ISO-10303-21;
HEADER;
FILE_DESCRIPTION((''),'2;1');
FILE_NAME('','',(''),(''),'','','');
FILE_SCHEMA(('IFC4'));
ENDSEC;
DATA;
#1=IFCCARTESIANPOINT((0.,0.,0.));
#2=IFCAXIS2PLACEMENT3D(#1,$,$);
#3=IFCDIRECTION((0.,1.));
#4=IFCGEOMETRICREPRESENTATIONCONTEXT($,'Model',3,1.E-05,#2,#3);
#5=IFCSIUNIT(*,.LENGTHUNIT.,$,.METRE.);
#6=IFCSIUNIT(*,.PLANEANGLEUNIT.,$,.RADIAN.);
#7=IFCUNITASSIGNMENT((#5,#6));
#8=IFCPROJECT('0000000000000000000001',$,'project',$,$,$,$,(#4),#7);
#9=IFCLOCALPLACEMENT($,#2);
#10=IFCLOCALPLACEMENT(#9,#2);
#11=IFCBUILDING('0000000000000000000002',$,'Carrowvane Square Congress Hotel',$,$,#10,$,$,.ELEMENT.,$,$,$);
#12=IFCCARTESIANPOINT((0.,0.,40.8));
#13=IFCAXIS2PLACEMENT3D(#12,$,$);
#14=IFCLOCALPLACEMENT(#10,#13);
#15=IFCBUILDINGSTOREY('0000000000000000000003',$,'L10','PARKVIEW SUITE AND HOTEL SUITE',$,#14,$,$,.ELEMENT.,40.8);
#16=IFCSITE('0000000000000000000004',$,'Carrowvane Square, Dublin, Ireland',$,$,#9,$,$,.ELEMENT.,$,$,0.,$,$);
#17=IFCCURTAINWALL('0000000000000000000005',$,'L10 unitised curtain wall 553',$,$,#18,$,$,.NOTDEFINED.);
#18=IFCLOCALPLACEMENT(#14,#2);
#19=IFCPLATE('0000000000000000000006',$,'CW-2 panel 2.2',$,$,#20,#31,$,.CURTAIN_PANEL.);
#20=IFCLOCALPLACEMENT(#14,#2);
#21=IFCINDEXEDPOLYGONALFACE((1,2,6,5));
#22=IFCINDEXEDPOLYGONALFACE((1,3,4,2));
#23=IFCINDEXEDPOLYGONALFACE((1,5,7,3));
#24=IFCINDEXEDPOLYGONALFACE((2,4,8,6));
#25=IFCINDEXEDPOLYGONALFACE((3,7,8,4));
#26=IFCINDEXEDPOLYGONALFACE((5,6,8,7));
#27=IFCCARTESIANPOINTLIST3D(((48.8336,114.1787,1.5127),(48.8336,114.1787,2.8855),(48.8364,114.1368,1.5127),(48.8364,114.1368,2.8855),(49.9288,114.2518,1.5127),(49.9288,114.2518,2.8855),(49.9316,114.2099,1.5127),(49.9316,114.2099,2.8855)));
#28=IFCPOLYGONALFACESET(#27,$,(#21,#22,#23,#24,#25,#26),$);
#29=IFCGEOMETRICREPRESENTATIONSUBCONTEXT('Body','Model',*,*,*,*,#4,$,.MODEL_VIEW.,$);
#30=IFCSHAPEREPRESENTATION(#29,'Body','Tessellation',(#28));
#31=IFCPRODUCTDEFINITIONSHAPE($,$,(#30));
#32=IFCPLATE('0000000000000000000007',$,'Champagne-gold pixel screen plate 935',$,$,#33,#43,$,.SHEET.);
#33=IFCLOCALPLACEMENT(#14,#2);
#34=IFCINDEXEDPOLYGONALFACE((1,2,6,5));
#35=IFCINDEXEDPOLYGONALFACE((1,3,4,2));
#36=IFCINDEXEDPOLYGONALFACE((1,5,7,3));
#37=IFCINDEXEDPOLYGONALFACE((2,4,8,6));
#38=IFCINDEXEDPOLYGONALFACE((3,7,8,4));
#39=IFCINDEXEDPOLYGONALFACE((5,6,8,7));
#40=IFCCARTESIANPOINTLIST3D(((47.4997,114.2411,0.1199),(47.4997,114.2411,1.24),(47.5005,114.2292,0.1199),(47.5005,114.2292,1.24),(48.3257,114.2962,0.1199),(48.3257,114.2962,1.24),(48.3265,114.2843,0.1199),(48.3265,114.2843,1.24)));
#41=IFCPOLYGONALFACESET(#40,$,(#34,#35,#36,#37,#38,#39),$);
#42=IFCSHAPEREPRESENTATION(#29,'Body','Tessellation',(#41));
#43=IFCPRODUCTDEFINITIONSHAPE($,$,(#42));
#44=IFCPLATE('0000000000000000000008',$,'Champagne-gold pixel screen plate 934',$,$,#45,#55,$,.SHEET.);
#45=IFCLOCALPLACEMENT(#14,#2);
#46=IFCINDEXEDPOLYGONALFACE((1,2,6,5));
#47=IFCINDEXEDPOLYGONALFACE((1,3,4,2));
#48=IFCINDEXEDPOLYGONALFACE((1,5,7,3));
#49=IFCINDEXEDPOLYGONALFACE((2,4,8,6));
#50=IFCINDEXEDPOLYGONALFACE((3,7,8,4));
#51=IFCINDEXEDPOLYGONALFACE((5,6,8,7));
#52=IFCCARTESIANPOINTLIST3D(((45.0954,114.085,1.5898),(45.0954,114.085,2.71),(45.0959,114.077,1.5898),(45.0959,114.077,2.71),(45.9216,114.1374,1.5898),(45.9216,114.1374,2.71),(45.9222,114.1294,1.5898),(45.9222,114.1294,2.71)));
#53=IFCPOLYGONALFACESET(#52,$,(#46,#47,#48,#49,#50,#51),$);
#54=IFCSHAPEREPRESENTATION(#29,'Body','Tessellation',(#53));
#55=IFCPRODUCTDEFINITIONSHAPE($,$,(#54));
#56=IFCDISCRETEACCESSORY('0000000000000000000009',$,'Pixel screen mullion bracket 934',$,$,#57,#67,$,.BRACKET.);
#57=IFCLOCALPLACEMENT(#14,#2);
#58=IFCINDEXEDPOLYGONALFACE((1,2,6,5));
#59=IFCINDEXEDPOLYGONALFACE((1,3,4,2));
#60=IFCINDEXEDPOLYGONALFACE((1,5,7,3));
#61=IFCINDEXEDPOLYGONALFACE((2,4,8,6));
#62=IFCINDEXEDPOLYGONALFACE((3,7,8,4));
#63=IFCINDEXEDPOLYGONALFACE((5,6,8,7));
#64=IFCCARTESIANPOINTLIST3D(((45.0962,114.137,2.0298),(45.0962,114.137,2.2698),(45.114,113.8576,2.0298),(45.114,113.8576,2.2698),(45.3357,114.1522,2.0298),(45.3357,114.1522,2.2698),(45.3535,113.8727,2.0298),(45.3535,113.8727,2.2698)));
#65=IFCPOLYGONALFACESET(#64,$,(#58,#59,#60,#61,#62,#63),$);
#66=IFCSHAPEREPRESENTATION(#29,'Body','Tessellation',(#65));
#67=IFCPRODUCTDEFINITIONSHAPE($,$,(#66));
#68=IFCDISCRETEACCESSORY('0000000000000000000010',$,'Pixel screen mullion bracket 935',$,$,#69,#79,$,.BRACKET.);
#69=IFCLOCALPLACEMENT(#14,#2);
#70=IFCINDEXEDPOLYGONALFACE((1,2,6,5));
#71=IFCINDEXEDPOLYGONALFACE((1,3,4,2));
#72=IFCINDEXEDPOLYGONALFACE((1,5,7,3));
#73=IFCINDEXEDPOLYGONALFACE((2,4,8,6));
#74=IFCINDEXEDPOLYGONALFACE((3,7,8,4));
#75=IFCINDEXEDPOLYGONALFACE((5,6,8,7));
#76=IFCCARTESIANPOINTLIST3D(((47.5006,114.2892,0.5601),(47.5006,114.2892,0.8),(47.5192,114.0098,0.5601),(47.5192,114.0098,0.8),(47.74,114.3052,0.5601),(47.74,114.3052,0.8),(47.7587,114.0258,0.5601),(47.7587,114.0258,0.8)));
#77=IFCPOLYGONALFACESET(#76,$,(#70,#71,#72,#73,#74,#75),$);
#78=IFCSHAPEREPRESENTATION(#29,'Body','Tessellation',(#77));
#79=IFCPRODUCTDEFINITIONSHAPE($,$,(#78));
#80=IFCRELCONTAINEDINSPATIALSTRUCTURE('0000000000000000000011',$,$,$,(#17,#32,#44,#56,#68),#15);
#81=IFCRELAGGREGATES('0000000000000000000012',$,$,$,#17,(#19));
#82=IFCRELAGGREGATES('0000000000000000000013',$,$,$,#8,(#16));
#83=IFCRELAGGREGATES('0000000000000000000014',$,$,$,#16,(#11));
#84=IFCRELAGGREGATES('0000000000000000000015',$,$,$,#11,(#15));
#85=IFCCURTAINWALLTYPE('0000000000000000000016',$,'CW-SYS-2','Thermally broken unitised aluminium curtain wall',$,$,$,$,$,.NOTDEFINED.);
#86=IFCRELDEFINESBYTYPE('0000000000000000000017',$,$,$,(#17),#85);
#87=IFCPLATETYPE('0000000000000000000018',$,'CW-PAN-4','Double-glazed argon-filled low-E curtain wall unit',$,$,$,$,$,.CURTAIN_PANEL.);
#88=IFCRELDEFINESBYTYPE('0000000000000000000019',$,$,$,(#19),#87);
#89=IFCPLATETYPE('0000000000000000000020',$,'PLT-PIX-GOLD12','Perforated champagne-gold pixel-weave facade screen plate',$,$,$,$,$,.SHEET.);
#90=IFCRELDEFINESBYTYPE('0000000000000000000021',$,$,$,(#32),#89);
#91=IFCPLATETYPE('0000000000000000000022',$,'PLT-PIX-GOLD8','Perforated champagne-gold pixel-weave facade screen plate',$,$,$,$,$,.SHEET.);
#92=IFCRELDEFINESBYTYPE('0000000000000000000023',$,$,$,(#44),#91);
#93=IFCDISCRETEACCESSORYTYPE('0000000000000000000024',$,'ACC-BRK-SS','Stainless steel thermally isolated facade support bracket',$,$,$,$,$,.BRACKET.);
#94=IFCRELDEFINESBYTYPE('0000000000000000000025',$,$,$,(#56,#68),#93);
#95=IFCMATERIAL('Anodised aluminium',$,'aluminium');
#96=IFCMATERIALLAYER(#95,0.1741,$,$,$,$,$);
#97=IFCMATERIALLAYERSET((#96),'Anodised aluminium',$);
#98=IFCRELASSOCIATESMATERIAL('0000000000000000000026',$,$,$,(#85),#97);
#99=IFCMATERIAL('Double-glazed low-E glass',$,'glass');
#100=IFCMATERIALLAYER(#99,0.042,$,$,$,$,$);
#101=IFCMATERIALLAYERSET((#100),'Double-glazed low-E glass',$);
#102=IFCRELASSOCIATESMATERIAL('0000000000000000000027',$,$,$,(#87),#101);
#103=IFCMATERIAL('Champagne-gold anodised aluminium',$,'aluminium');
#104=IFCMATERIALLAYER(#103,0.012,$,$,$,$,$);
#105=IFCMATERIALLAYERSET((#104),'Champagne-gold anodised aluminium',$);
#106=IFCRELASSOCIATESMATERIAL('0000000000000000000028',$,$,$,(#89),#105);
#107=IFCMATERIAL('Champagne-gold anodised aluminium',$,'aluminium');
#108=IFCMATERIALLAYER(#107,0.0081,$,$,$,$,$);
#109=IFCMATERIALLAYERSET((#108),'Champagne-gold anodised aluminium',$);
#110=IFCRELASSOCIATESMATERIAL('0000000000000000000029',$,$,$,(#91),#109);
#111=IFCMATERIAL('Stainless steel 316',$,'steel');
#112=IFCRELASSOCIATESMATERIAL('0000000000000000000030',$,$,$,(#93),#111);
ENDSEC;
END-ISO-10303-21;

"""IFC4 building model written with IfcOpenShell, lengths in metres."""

from ifc_helpers import new_model, si_unit, direction, frame, origin, origin_2d, place, context, subcontext, project, spatial, rectangle, extrude, material, layer, layer_set, type_object, element, aggregate, save


model = new_model("IFC4")

# Units and contexts
model_context = context("Model", 3, precision=1e-05, world=origin(), true_north=direction((0.0, 1.0)))
body_context = subcontext(model_context, "Body", "Model", "MODEL_VIEW")
ifc_project = project(units=[si_unit("LENGTHUNIT", "METRE"), si_unit("PLANEANGLEUNIT", "RADIAN")], contexts=[model_context])

# Site, building, storey
site_placement = place(None, origin())
site = spatial("IfcSite", under=ifc_project, at=site_placement, Name="Carrowvane Square, Dublin, Ireland", CompositionType="ELEMENT", RefElevation=0.0)
building_placement = place(site_placement, origin())
building = spatial("IfcBuilding", under=site, at=building_placement, Name="Carrowvane Square Congress Hotel", CompositionType="ELEMENT")
storey_placement = place(building_placement, frame((0.0, 0.0, 40.8)))
storey = spatial("IfcBuildingStorey", under=building, at=storey_placement, Name="L10", Description="PARKVIEW SUITE AND HOTEL SUITE", CompositionType="ELEMENT", Elevation=40.8)

# Curtain wall
ifc_material_1 = material(Name="Anodised aluminium", Category="aluminium")
ifc_layer_1 = layer(ifc_material_1, 0.1741)
ifc_layer_set_1 = layer_set([ifc_layer_1], Name="Anodised aluminium")
curtain_wall_type_1 = type_object("IfcCurtainWallType", Name="CW-SYS-2", Description="Thermally broken unitised aluminium curtain wall", PredefinedType="NOTDEFINED", material=ifc_layer_set_1)
curtain_wall_1_placement = place(storey_placement, origin())
curtain_wall_1 = element("IfcCurtainWall", 1, at=curtain_wall_1_placement, inside=storey, type_object=curtain_wall_type_1, Name="L10 unitised curtain wall 553", PredefinedType="NOTDEFINED")

# Plate
ifc_material_2 = material(Name="Double-glazed low-E glass", Category="glass")
ifc_layer_2 = layer(ifc_material_2, 0.042)
ifc_layer_set_2 = layer_set([ifc_layer_2], Name="Double-glazed low-E glass")
plate_type_1 = type_object("IfcPlateType", Name="CW-PAN-4", Description="Double-glazed argon-filled low-E curtain wall unit", PredefinedType="CURTAIN_PANEL", material=ifc_layer_set_2)
plate_1_placement = place(storey_placement, frame((49.3826, 114.1943, 1.5127), z_axis=(0.0, 0.0, 1.0), x_axis=(0.997781, 0.066578, 0.0)))
plate_1 = element("IfcPlate", 2, at=plate_1_placement, type_object=plate_type_1, Name="CW-2 panel 2.2", PredefinedType="CURTAIN_PANEL", context=body_context, shape_type="SweptSolid", body=[
    extrude(rectangle(XDim=1.0977, YDim=0.042, at=origin_2d()), origin(), (0.0, 0.0, 1.0), 1.3728),
])
aggregate(curtain_wall_1, [plate_1])

# Plates
ifc_material_3 = material(Name="Champagne-gold anodised aluminium", Category="aluminium")
ifc_layer_3 = layer(ifc_material_3, 0.012)
ifc_layer_set_3 = layer_set([ifc_layer_3], Name="Champagne-gold anodised aluminium")
plate_type_2 = type_object("IfcPlateType", Name="PLT-PIX-GOLD12", Description="Perforated champagne-gold pixel-weave facade screen plate", PredefinedType="SHEET", material=ifc_layer_set_3)
plate_2_placement = place(storey_placement, frame((47.9131, 114.2627, 0.1199), z_axis=(0.0, 0.0, 1.0), x_axis=(0.997781, 0.066574, 0.0)))
element("IfcPlate", 3, at=plate_2_placement, inside=storey, type_object=plate_type_2, Name="Champagne-gold pixel screen plate 935", PredefinedType="SHEET", context=body_context, shape_type="SweptSolid", body=[
    extrude(rectangle(XDim=0.8279, YDim=0.012, at=origin_2d()), origin(), (0.0, 0.0, 1.0), 1.1201),
])
ifc_material_4 = material(Name="Champagne-gold anodised aluminium", Category="aluminium")
ifc_layer_4 = layer(ifc_material_4, 0.0081)
ifc_layer_set_4 = layer_set([ifc_layer_4], Name="Champagne-gold anodised aluminium")
plate_type_3 = type_object("IfcPlateType", Name="PLT-PIX-GOLD8", Description="Perforated champagne-gold pixel-weave facade screen plate", PredefinedType="SHEET", material=ifc_layer_set_4)
plate_3_placement = place(storey_placement, frame((45.5088, 114.1072, 1.5898), z_axis=(0.0, 0.0, 1.0), x_axis=(0.997996, 0.063277, 0.0)))
element("IfcPlate", 4, at=plate_3_placement, inside=storey, type_object=plate_type_3, Name="Champagne-gold pixel screen plate 934", PredefinedType="SHEET", context=body_context, shape_type="SweptSolid", body=[
    extrude(rectangle(XDim=0.8279, YDim=0.0081, at=origin_2d()), origin(), (0.0, 0.0, 1.0), 1.1201),
])

# Discrete accessories
ifc_material_5 = material(Name="Stainless steel 316", Category="steel")
discrete_accessory_type = type_object("IfcDiscreteAccessoryType", Name="ACC-BRK-SS", Description="Stainless steel thermally isolated facade support bracket", PredefinedType="BRACKET", material=ifc_material_5)
for number, where, z_axis, x_axis, name in (
    (5, (45.2249, 114.0049, 2.0298), (0.0, 0.0, 1.0), (0.997996, 0.063277, 0.0), "Pixel screen mullion bracket 934"),
    (6, (47.6296, 114.1575, 0.5601), (0.0, 0.0, 1.0), (0.997781, 0.066574, 0.0), "Pixel screen mullion bracket 935"),
):
    element("IfcDiscreteAccessory", number, at=place(storey_placement, frame(where, z_axis=z_axis, x_axis=x_axis)), inside=storey, type_object=discrete_accessory_type, Name=name, PredefinedType="BRACKET", context=body_context, shape_type="SweptSolid", body=[
        extrude(rectangle(XDim=0.24, YDim=0.28, at=origin_2d()), origin(), (0.0, 0.0, 1.0), 0.24),
    ])

save(model, "model.ifc")
